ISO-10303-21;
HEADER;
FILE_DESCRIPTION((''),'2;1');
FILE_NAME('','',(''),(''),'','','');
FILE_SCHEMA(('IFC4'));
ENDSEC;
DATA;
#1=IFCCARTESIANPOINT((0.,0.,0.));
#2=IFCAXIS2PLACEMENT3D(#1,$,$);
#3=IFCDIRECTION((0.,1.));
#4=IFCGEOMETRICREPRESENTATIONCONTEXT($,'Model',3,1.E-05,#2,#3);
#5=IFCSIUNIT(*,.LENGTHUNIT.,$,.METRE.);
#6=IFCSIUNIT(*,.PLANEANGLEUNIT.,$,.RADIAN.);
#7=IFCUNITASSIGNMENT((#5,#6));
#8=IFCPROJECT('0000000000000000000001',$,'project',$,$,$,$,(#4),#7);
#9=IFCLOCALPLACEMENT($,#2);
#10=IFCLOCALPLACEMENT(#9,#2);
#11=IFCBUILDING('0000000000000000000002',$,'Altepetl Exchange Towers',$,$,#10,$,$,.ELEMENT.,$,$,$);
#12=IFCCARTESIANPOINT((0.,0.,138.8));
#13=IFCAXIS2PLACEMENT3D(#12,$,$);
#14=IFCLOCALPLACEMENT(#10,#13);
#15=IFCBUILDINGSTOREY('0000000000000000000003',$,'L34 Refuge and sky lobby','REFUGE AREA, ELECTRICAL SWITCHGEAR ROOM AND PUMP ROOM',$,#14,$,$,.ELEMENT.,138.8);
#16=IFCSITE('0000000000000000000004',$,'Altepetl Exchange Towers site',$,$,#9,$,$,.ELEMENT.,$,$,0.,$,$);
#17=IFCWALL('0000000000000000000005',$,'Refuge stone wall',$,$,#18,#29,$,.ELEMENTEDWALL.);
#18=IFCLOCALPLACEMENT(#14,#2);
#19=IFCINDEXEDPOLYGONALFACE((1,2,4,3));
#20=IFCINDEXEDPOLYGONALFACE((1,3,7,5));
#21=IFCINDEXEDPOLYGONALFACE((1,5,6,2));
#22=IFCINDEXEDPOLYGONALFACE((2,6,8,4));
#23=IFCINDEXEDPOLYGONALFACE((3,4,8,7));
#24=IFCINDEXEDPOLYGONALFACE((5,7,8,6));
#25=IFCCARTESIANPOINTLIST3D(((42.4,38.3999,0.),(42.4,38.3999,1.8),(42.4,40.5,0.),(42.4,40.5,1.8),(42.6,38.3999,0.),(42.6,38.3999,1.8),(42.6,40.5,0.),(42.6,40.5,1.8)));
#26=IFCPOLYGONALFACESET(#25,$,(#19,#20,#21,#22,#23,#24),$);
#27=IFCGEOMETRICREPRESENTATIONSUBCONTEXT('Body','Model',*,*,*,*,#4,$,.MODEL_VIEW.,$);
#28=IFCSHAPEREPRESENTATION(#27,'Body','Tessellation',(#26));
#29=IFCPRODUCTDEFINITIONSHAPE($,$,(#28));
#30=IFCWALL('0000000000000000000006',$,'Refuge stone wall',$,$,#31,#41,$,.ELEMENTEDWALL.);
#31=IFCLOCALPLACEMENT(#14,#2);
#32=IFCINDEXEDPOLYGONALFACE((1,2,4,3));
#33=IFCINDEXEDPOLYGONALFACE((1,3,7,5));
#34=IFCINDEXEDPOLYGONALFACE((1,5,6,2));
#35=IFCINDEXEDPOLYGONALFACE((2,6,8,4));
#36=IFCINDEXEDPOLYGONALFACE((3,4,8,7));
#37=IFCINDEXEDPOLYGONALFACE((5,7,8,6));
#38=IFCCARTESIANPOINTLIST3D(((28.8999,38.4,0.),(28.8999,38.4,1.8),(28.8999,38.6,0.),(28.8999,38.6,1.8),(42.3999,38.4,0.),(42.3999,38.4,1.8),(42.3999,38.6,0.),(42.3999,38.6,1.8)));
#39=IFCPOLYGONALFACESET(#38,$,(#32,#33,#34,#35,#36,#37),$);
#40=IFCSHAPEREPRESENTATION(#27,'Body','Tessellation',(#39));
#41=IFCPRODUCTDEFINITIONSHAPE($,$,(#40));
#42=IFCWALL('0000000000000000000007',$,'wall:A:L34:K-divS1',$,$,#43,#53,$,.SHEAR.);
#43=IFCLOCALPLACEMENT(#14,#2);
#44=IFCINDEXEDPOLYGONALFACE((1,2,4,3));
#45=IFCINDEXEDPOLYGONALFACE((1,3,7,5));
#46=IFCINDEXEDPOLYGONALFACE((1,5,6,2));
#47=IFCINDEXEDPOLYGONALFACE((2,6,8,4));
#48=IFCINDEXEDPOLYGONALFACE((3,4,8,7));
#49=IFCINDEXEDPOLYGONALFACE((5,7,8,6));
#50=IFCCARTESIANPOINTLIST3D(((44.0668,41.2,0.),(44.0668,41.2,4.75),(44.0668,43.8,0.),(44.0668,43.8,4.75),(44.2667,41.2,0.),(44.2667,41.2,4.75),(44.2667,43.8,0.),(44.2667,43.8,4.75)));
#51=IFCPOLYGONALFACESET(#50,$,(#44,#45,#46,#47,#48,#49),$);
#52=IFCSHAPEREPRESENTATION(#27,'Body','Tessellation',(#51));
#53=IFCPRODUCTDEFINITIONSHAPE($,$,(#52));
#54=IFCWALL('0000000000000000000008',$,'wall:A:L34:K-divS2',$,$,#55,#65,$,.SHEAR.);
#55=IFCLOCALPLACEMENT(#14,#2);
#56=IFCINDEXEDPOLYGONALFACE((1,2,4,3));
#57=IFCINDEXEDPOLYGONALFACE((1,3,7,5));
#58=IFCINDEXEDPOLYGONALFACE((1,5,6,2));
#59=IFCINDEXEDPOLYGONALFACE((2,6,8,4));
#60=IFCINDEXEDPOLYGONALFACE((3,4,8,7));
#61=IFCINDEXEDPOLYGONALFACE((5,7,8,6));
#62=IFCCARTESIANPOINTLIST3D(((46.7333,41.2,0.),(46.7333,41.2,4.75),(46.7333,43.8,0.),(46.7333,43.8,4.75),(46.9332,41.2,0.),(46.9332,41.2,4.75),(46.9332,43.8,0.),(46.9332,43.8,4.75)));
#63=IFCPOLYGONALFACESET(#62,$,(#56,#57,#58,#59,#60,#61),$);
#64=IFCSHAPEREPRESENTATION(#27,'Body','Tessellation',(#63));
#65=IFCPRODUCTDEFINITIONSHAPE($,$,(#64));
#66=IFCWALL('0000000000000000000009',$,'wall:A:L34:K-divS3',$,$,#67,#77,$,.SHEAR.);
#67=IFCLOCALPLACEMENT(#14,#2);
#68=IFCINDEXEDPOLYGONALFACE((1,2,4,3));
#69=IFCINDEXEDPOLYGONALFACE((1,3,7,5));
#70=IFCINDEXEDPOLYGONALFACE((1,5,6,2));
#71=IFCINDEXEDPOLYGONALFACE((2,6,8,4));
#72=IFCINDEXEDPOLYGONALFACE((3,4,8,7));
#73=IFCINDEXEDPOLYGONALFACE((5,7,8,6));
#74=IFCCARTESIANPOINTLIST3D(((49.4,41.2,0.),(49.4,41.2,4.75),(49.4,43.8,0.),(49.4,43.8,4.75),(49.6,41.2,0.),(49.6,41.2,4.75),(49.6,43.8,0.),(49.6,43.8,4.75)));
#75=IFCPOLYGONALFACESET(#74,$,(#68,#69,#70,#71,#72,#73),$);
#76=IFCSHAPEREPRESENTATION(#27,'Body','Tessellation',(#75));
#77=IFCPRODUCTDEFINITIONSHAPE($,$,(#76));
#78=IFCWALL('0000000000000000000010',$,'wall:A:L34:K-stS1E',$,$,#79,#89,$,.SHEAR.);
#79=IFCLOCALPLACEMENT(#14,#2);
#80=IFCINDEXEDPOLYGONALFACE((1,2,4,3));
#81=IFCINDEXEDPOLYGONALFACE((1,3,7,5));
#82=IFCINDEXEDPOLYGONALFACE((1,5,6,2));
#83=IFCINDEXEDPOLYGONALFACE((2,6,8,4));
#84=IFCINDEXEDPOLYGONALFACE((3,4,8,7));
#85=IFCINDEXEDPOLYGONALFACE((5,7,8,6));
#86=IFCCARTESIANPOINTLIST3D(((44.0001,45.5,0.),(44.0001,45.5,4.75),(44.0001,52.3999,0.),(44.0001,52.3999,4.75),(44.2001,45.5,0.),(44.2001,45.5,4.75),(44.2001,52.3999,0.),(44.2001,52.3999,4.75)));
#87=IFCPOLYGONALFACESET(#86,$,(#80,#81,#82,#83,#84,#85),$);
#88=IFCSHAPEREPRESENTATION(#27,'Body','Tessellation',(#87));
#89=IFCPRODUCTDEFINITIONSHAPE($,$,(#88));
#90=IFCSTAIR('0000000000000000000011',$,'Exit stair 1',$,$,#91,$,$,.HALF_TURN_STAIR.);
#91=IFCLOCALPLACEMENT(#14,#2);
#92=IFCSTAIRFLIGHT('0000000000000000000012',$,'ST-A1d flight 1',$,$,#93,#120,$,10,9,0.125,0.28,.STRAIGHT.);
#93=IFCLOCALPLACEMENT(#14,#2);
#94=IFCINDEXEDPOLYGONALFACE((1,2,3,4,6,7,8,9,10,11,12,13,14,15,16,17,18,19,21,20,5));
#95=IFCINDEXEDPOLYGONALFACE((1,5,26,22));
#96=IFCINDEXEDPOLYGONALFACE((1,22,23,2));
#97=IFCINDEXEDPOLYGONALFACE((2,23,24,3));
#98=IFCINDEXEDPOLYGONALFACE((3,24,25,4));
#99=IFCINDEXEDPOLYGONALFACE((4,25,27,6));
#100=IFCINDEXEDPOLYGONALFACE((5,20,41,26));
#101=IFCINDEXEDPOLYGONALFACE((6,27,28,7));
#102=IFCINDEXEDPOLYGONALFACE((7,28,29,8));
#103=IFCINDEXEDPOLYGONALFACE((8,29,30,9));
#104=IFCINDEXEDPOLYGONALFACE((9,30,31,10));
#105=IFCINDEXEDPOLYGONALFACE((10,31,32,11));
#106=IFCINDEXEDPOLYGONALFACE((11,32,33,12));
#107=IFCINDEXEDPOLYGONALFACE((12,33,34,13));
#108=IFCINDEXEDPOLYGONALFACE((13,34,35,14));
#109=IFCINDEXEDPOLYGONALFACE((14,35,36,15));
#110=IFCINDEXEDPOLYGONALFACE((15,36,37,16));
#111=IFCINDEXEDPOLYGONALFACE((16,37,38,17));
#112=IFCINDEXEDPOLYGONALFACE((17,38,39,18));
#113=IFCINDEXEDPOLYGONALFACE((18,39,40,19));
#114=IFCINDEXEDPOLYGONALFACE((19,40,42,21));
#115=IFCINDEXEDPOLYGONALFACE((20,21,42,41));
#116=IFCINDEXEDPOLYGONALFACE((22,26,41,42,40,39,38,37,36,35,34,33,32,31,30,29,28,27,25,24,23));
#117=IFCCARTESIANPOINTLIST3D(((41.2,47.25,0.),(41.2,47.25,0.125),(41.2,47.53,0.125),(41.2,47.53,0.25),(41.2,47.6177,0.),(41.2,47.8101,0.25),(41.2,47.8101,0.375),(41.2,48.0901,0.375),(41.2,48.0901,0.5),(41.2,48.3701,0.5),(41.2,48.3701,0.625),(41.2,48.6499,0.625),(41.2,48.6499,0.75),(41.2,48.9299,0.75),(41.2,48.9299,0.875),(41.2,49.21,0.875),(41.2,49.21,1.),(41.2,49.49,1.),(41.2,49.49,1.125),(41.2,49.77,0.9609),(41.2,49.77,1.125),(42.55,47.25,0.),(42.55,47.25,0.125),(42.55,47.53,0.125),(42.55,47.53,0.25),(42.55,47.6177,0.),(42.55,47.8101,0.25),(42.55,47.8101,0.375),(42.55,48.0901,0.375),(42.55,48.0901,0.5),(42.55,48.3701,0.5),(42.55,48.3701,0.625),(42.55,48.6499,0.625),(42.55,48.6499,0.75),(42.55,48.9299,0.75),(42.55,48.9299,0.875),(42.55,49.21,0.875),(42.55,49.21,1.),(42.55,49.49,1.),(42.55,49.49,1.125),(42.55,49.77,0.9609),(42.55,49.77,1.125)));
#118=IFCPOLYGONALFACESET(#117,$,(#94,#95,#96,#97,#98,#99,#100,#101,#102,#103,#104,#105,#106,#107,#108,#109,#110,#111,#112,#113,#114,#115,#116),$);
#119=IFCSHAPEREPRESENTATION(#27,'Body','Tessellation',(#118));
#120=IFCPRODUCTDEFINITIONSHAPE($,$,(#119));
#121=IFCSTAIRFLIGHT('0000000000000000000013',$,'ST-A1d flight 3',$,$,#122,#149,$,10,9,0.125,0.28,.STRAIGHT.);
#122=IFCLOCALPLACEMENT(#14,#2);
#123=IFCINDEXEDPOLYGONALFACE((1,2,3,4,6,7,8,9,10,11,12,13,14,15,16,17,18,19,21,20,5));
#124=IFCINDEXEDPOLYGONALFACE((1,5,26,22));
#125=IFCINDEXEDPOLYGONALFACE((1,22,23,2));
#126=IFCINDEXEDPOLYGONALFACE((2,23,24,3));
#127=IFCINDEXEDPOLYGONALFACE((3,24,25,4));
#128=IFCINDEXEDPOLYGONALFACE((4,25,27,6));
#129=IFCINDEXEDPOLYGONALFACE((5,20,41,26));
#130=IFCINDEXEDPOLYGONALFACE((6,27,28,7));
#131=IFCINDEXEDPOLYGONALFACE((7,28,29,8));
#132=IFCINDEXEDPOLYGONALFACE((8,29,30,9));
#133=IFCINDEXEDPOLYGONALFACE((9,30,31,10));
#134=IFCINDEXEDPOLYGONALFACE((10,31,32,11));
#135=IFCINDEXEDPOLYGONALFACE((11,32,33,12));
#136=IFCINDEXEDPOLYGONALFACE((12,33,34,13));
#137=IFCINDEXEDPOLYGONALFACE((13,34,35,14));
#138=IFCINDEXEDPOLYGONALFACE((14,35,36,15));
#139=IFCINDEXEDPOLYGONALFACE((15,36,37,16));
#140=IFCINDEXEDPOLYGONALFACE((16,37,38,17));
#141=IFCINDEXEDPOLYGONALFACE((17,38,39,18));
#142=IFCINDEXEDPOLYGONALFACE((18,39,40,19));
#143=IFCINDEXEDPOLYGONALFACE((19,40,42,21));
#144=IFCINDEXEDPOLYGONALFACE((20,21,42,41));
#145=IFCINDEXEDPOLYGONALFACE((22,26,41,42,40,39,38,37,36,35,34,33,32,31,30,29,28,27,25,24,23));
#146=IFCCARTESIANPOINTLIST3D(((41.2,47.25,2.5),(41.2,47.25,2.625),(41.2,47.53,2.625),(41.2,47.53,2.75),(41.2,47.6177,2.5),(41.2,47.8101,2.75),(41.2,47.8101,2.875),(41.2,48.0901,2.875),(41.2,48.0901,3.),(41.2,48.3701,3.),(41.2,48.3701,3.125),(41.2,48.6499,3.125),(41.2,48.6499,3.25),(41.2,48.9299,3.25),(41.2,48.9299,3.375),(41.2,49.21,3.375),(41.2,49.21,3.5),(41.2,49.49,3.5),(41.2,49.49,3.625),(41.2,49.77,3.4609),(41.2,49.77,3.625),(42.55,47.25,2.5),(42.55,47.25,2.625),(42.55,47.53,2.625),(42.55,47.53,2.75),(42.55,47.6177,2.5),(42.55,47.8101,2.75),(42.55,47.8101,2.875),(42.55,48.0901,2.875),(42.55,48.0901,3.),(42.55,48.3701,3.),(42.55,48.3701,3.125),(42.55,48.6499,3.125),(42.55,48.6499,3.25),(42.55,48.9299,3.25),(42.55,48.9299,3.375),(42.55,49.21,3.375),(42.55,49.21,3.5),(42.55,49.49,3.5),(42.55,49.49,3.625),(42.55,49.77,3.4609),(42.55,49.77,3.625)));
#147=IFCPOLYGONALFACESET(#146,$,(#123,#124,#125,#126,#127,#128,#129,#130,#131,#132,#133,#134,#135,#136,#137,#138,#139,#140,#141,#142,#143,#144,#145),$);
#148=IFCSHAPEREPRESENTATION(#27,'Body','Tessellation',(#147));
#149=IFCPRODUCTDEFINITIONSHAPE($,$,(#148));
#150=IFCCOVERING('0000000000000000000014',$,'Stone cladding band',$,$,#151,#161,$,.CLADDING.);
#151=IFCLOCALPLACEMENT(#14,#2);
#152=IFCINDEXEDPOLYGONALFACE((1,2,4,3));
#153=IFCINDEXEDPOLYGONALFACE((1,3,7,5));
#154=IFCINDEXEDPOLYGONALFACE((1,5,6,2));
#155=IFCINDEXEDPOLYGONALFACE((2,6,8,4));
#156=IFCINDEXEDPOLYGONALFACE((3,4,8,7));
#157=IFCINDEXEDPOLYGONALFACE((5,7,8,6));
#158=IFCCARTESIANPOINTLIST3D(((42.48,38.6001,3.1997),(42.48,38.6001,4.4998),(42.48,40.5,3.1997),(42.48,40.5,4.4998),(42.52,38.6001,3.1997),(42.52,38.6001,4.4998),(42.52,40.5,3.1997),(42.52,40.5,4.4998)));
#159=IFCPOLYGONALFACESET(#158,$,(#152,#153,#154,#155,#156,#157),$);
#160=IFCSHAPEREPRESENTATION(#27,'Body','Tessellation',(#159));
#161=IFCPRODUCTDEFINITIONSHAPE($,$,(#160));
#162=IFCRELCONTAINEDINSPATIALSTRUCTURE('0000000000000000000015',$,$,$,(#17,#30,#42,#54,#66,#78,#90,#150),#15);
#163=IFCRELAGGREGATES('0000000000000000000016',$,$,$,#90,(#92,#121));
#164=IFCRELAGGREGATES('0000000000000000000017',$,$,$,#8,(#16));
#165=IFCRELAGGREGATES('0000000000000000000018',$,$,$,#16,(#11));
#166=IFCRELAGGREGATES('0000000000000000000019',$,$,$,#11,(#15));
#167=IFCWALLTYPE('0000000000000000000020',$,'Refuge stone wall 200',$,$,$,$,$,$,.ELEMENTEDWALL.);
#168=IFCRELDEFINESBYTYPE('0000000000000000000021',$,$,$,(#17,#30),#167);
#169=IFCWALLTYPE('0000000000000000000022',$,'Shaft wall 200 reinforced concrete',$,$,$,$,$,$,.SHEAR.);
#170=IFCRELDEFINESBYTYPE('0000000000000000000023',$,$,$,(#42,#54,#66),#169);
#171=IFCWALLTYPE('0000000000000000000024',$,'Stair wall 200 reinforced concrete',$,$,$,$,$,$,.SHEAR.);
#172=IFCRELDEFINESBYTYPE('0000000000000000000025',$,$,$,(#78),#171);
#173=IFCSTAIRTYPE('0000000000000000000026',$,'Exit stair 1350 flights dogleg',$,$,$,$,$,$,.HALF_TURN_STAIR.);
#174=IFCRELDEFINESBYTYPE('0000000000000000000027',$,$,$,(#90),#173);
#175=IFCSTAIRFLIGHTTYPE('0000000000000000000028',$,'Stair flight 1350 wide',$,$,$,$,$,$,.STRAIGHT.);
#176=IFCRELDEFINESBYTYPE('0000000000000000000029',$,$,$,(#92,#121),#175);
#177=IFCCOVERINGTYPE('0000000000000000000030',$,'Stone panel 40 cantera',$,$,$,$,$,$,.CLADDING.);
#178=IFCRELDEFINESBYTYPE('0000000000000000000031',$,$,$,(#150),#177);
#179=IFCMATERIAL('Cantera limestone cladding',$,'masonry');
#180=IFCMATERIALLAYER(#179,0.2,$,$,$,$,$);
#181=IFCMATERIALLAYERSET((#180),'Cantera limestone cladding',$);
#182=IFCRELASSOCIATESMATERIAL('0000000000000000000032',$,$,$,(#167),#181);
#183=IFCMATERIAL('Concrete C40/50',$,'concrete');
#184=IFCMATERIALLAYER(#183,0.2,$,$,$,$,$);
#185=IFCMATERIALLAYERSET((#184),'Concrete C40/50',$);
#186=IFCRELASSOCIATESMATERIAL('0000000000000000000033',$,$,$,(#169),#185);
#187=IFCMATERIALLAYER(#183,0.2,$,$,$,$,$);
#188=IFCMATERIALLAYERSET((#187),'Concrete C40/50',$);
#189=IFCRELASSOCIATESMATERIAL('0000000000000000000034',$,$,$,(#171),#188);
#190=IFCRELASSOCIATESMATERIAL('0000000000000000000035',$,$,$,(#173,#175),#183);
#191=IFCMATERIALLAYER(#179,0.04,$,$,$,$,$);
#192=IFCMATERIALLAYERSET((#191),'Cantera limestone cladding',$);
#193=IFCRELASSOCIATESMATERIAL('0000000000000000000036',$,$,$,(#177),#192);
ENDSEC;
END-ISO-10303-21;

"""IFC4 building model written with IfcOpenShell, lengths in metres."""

from ifc_helpers import new_model, si_unit, direction, frame, frame_2d, origin, origin_2d, place, context, subcontext, project, spatial, polyline, rectangle, outline, extrude, material, layer, layer_set, type_object, element, aggregate, save


model = new_model("IFC4")

# Units and contexts
model_context = context("Model", 3, precision=1e-05, world=origin(), true_north=direction((0.0, 1.0)))
body_context = subcontext(model_context, "Body", "Model", "MODEL_VIEW")
ifc_project = project(units=[si_unit("LENGTHUNIT", "METRE"), si_unit("PLANEANGLEUNIT", "RADIAN")], contexts=[model_context])

# Site, building, storey
site_placement = place(None, origin())
site = spatial("IfcSite", under=ifc_project, at=site_placement, Name="Altepetl Exchange Towers site", CompositionType="ELEMENT", RefElevation=0.0)
building_placement = place(site_placement, origin())
building = spatial("IfcBuilding", under=site, at=building_placement, Name="Altepetl Exchange Towers", CompositionType="ELEMENT")
storey_placement = place(building_placement, frame((0.0, 0.0, 138.8)))
storey = spatial("IfcBuildingStorey", under=building, at=storey_placement, Name="L34 Refuge and sky lobby", Description="REFUGE AREA, ELECTRICAL SWITCHGEAR ROOM AND PUMP ROOM", CompositionType="ELEMENT", Elevation=138.8)

# Walls
ifc_material_1 = material(Name="Cantera limestone cladding", Category="masonry")
ifc_layer_1 = layer(ifc_material_1, 0.2)
ifc_layer_set_1 = layer_set([ifc_layer_1], Name="Cantera limestone cladding")
wall_type_1 = type_object("IfcWallType", Name="Refuge stone wall 200", PredefinedType="ELEMENTEDWALL", material=ifc_layer_set_1)
wall_1_placement = place(storey_placement, frame((42.5, 40.5, 0.0), z_axis=(0.0, 0.0, 1.0), x_axis=(0.0, -1.0, 0.0)))
element("IfcWall", 1, at=wall_1_placement, inside=storey, type_object=wall_type_1, Name="Refuge stone wall", PredefinedType="ELEMENTEDWALL", context=body_context, shape_type="SweptSolid", body=[
    extrude(rectangle(XDim=2.1001, YDim=0.2, at=frame_2d((1.05, 0.0))), origin(), (0.0, 0.0, 1.0), 1.8),
])
wall_2_placement = place(storey_placement, frame((42.3999, 38.5, 0.0), z_axis=(0.0, 0.0, 1.0), x_axis=(-1.0, 0.0, 0.0)))
element("IfcWall", 2, at=wall_2_placement, inside=storey, type_object=wall_type_1, Name="Refuge stone wall", PredefinedType="ELEMENTEDWALL", context=body_context, shape_type="SweptSolid", body=[
    extrude(rectangle(XDim=13.5, YDim=0.2, at=frame_2d((6.75, 0.0))), origin(), (0.0, 0.0, 1.0), 1.8),
])
ifc_material_2 = material(Name="Concrete C40/50", Category="concrete")
ifc_layer_2 = layer(ifc_material_2, 0.2)
ifc_layer_set_2 = layer_set([ifc_layer_2], Name="Concrete C40/50")
wall_type_2 = type_object("IfcWallType", Name="Shaft wall 200 reinforced concrete", PredefinedType="SHEAR", material=ifc_layer_set_2)
for number, where, z_axis, x_axis, name in (
    (3, (44.1667, 41.2, 0.0), (0.0, 0.0, 1.0), (0.0, 1.0, 0.0), "wall:A:L34:K-divS1"),
    (4, (46.8333, 41.2, 0.0), (0.0, 0.0, 1.0), (0.0, 1.0, 0.0), "wall:A:L34:K-divS2"),
    (5, (49.5, 41.2, 0.0), (0.0, 0.0, 1.0), (0.0, 1.0, 0.0), "wall:A:L34:K-divS3"),
):
    element("IfcWall", number, at=place(storey_placement, frame(where, z_axis=z_axis, x_axis=x_axis)), inside=storey, type_object=wall_type_2, Name=name, PredefinedType="SHEAR", context=body_context, shape_type="SweptSolid", body=[
        extrude(rectangle(XDim=2.6001, YDim=0.2, at=frame_2d((1.3, 0.0))), origin(), (0.0, 0.0, 1.0), 4.75),
    ])
ifc_layer_3 = layer(ifc_material_2, 0.2)
ifc_layer_set_3 = layer_set([ifc_layer_3], Name="Concrete C40/50")
wall_type_3 = type_object("IfcWallType", Name="Stair wall 200 reinforced concrete", PredefinedType="SHEAR", material=ifc_layer_set_3)
wall_3_placement = place(storey_placement, frame((44.1001, 45.5, 0.0), z_axis=(0.0, 0.0, 1.0), x_axis=(0.0, 1.0, 0.0)))
element("IfcWall", 6, at=wall_3_placement, inside=storey, type_object=wall_type_3, Name="wall:A:L34:K-stS1E", PredefinedType="SHEAR", context=body_context, shape_type="SweptSolid", body=[
    extrude(rectangle(XDim=6.8999, YDim=0.2, at=frame_2d((3.45, 0.0))), origin(), (0.0, 0.0, 1.0), 4.75),
])

# Stair, stair flights
stair_type = type_object("IfcStairType", Name="Exit stair 1350 flights dogleg", PredefinedType="HALF_TURN_STAIR", material=ifc_material_2)
stair_placement = place(storey_placement, origin())
stair = element("IfcStair", 7, at=stair_placement, inside=storey, type_object=stair_type, Name="Exit stair 1", PredefinedType="HALF_TURN_STAIR")
stair_flight_type = type_object("IfcStairFlightType", Name="Stair flight 1350 wide", PredefinedType="STRAIGHT", material=ifc_material_2)
stair_flight_1_placement = place(storey_placement, frame((41.875, 47.25, 0.0), z_axis=(0.0, 0.0, 1.0), x_axis=(0.0, 1.0, 0.0)))
stair_flight_1 = element("IfcStairFlight", 8, at=stair_flight_1_placement, type_object=stair_flight_type, Name="ST-A1d flight 1", NumberOfRisers=10, NumberOfTreads=9, PredefinedType="STRAIGHT", RiserHeight=0.125, TreadLength=0.28, context=body_context, shape_type="SweptSolid", body=[
    extrude(outline(polyline([(0.0, 0.0), (0.0, 0.125), (0.28, 0.125), (0.28, 0.25), (0.5601, 0.25), (0.5601, 0.375), (0.8401, 0.375), (0.8401, 0.5), (1.1201, 0.5), (1.1201, 0.625), (1.3999, 0.625), (1.3999, 0.75), (1.6799, 0.75), (1.6799, 0.875), (1.96, 0.875), (1.96, 1.0), (2.24, 1.0), (2.24, 1.125), (2.52, 1.125), (2.52, 1.25), (2.52, 0.9609), (0.3677, 0.0), (0.0, 0.0)])), frame((0.0, 0.675, 0.0), z_axis=(0.0, -1.0, 0.0), x_axis=(1.0, 0.0, 0.0)), (0.0, 0.0, 1.0), 1.3501),
])
stair_flight_2_placement = place(storey_placement, frame((41.875, 47.25, 2.5), z_axis=(0.0, 0.0, 1.0), x_axis=(0.0, 1.0, 0.0)))
stair_flight_2 = element("IfcStairFlight", 9, at=stair_flight_2_placement, type_object=stair_flight_type, Name="ST-A1d flight 3", NumberOfRisers=10, NumberOfTreads=9, PredefinedType="STRAIGHT", RiserHeight=0.125, TreadLength=0.28, context=body_context, shape_type="SweptSolid", body=[
    extrude(outline(polyline([(0.0, 0.0), (0.0, 0.125), (0.28, 0.125), (0.28, 0.25), (0.5601, 0.25), (0.5601, 0.375), (0.8401, 0.375), (0.8401, 0.5), (1.1201, 0.5), (1.1201, 0.625), (1.3999, 0.625), (1.3999, 0.75), (1.6799, 0.75), (1.6799, 0.875), (1.96, 0.875), (1.96, 1.0), (2.24, 1.0), (2.24, 1.125), (2.52, 1.125), (2.52, 1.25), (2.52, 0.9609), (0.3677, 0.0), (0.0, 0.0)])), frame((0.0, 0.675, 0.0), z_axis=(0.0, -1.0, 0.0), x_axis=(1.0, 0.0, 0.0)), (0.0, 0.0, 1.0), 1.3501),
])
aggregate(stair, [stair_flight_1, stair_flight_2])

# Covering
ifc_layer_4 = layer(ifc_material_1, 0.04)
ifc_layer_set_4 = layer_set([ifc_layer_4], Name="Cantera limestone cladding")
covering_type = type_object("IfcCoveringType", Name="Stone panel 40 cantera", PredefinedType="CLADDING", material=ifc_layer_set_4)
covering_placement = place(storey_placement, frame((42.5, 39.55, 3.1997), z_axis=(0.0, 0.0, 1.0), x_axis=(0.0, -1.0, 0.0)))
element("IfcCovering", 10, at=covering_placement, inside=storey, type_object=covering_type, Name="Stone cladding band", PredefinedType="CLADDING", context=body_context, shape_type="SweptSolid", body=[
    extrude(rectangle(XDim=1.8999, YDim=0.04, at=origin_2d()), origin(), (0.0, 0.0, 1.0), 1.3),
])

save(model, "model.ifc")
